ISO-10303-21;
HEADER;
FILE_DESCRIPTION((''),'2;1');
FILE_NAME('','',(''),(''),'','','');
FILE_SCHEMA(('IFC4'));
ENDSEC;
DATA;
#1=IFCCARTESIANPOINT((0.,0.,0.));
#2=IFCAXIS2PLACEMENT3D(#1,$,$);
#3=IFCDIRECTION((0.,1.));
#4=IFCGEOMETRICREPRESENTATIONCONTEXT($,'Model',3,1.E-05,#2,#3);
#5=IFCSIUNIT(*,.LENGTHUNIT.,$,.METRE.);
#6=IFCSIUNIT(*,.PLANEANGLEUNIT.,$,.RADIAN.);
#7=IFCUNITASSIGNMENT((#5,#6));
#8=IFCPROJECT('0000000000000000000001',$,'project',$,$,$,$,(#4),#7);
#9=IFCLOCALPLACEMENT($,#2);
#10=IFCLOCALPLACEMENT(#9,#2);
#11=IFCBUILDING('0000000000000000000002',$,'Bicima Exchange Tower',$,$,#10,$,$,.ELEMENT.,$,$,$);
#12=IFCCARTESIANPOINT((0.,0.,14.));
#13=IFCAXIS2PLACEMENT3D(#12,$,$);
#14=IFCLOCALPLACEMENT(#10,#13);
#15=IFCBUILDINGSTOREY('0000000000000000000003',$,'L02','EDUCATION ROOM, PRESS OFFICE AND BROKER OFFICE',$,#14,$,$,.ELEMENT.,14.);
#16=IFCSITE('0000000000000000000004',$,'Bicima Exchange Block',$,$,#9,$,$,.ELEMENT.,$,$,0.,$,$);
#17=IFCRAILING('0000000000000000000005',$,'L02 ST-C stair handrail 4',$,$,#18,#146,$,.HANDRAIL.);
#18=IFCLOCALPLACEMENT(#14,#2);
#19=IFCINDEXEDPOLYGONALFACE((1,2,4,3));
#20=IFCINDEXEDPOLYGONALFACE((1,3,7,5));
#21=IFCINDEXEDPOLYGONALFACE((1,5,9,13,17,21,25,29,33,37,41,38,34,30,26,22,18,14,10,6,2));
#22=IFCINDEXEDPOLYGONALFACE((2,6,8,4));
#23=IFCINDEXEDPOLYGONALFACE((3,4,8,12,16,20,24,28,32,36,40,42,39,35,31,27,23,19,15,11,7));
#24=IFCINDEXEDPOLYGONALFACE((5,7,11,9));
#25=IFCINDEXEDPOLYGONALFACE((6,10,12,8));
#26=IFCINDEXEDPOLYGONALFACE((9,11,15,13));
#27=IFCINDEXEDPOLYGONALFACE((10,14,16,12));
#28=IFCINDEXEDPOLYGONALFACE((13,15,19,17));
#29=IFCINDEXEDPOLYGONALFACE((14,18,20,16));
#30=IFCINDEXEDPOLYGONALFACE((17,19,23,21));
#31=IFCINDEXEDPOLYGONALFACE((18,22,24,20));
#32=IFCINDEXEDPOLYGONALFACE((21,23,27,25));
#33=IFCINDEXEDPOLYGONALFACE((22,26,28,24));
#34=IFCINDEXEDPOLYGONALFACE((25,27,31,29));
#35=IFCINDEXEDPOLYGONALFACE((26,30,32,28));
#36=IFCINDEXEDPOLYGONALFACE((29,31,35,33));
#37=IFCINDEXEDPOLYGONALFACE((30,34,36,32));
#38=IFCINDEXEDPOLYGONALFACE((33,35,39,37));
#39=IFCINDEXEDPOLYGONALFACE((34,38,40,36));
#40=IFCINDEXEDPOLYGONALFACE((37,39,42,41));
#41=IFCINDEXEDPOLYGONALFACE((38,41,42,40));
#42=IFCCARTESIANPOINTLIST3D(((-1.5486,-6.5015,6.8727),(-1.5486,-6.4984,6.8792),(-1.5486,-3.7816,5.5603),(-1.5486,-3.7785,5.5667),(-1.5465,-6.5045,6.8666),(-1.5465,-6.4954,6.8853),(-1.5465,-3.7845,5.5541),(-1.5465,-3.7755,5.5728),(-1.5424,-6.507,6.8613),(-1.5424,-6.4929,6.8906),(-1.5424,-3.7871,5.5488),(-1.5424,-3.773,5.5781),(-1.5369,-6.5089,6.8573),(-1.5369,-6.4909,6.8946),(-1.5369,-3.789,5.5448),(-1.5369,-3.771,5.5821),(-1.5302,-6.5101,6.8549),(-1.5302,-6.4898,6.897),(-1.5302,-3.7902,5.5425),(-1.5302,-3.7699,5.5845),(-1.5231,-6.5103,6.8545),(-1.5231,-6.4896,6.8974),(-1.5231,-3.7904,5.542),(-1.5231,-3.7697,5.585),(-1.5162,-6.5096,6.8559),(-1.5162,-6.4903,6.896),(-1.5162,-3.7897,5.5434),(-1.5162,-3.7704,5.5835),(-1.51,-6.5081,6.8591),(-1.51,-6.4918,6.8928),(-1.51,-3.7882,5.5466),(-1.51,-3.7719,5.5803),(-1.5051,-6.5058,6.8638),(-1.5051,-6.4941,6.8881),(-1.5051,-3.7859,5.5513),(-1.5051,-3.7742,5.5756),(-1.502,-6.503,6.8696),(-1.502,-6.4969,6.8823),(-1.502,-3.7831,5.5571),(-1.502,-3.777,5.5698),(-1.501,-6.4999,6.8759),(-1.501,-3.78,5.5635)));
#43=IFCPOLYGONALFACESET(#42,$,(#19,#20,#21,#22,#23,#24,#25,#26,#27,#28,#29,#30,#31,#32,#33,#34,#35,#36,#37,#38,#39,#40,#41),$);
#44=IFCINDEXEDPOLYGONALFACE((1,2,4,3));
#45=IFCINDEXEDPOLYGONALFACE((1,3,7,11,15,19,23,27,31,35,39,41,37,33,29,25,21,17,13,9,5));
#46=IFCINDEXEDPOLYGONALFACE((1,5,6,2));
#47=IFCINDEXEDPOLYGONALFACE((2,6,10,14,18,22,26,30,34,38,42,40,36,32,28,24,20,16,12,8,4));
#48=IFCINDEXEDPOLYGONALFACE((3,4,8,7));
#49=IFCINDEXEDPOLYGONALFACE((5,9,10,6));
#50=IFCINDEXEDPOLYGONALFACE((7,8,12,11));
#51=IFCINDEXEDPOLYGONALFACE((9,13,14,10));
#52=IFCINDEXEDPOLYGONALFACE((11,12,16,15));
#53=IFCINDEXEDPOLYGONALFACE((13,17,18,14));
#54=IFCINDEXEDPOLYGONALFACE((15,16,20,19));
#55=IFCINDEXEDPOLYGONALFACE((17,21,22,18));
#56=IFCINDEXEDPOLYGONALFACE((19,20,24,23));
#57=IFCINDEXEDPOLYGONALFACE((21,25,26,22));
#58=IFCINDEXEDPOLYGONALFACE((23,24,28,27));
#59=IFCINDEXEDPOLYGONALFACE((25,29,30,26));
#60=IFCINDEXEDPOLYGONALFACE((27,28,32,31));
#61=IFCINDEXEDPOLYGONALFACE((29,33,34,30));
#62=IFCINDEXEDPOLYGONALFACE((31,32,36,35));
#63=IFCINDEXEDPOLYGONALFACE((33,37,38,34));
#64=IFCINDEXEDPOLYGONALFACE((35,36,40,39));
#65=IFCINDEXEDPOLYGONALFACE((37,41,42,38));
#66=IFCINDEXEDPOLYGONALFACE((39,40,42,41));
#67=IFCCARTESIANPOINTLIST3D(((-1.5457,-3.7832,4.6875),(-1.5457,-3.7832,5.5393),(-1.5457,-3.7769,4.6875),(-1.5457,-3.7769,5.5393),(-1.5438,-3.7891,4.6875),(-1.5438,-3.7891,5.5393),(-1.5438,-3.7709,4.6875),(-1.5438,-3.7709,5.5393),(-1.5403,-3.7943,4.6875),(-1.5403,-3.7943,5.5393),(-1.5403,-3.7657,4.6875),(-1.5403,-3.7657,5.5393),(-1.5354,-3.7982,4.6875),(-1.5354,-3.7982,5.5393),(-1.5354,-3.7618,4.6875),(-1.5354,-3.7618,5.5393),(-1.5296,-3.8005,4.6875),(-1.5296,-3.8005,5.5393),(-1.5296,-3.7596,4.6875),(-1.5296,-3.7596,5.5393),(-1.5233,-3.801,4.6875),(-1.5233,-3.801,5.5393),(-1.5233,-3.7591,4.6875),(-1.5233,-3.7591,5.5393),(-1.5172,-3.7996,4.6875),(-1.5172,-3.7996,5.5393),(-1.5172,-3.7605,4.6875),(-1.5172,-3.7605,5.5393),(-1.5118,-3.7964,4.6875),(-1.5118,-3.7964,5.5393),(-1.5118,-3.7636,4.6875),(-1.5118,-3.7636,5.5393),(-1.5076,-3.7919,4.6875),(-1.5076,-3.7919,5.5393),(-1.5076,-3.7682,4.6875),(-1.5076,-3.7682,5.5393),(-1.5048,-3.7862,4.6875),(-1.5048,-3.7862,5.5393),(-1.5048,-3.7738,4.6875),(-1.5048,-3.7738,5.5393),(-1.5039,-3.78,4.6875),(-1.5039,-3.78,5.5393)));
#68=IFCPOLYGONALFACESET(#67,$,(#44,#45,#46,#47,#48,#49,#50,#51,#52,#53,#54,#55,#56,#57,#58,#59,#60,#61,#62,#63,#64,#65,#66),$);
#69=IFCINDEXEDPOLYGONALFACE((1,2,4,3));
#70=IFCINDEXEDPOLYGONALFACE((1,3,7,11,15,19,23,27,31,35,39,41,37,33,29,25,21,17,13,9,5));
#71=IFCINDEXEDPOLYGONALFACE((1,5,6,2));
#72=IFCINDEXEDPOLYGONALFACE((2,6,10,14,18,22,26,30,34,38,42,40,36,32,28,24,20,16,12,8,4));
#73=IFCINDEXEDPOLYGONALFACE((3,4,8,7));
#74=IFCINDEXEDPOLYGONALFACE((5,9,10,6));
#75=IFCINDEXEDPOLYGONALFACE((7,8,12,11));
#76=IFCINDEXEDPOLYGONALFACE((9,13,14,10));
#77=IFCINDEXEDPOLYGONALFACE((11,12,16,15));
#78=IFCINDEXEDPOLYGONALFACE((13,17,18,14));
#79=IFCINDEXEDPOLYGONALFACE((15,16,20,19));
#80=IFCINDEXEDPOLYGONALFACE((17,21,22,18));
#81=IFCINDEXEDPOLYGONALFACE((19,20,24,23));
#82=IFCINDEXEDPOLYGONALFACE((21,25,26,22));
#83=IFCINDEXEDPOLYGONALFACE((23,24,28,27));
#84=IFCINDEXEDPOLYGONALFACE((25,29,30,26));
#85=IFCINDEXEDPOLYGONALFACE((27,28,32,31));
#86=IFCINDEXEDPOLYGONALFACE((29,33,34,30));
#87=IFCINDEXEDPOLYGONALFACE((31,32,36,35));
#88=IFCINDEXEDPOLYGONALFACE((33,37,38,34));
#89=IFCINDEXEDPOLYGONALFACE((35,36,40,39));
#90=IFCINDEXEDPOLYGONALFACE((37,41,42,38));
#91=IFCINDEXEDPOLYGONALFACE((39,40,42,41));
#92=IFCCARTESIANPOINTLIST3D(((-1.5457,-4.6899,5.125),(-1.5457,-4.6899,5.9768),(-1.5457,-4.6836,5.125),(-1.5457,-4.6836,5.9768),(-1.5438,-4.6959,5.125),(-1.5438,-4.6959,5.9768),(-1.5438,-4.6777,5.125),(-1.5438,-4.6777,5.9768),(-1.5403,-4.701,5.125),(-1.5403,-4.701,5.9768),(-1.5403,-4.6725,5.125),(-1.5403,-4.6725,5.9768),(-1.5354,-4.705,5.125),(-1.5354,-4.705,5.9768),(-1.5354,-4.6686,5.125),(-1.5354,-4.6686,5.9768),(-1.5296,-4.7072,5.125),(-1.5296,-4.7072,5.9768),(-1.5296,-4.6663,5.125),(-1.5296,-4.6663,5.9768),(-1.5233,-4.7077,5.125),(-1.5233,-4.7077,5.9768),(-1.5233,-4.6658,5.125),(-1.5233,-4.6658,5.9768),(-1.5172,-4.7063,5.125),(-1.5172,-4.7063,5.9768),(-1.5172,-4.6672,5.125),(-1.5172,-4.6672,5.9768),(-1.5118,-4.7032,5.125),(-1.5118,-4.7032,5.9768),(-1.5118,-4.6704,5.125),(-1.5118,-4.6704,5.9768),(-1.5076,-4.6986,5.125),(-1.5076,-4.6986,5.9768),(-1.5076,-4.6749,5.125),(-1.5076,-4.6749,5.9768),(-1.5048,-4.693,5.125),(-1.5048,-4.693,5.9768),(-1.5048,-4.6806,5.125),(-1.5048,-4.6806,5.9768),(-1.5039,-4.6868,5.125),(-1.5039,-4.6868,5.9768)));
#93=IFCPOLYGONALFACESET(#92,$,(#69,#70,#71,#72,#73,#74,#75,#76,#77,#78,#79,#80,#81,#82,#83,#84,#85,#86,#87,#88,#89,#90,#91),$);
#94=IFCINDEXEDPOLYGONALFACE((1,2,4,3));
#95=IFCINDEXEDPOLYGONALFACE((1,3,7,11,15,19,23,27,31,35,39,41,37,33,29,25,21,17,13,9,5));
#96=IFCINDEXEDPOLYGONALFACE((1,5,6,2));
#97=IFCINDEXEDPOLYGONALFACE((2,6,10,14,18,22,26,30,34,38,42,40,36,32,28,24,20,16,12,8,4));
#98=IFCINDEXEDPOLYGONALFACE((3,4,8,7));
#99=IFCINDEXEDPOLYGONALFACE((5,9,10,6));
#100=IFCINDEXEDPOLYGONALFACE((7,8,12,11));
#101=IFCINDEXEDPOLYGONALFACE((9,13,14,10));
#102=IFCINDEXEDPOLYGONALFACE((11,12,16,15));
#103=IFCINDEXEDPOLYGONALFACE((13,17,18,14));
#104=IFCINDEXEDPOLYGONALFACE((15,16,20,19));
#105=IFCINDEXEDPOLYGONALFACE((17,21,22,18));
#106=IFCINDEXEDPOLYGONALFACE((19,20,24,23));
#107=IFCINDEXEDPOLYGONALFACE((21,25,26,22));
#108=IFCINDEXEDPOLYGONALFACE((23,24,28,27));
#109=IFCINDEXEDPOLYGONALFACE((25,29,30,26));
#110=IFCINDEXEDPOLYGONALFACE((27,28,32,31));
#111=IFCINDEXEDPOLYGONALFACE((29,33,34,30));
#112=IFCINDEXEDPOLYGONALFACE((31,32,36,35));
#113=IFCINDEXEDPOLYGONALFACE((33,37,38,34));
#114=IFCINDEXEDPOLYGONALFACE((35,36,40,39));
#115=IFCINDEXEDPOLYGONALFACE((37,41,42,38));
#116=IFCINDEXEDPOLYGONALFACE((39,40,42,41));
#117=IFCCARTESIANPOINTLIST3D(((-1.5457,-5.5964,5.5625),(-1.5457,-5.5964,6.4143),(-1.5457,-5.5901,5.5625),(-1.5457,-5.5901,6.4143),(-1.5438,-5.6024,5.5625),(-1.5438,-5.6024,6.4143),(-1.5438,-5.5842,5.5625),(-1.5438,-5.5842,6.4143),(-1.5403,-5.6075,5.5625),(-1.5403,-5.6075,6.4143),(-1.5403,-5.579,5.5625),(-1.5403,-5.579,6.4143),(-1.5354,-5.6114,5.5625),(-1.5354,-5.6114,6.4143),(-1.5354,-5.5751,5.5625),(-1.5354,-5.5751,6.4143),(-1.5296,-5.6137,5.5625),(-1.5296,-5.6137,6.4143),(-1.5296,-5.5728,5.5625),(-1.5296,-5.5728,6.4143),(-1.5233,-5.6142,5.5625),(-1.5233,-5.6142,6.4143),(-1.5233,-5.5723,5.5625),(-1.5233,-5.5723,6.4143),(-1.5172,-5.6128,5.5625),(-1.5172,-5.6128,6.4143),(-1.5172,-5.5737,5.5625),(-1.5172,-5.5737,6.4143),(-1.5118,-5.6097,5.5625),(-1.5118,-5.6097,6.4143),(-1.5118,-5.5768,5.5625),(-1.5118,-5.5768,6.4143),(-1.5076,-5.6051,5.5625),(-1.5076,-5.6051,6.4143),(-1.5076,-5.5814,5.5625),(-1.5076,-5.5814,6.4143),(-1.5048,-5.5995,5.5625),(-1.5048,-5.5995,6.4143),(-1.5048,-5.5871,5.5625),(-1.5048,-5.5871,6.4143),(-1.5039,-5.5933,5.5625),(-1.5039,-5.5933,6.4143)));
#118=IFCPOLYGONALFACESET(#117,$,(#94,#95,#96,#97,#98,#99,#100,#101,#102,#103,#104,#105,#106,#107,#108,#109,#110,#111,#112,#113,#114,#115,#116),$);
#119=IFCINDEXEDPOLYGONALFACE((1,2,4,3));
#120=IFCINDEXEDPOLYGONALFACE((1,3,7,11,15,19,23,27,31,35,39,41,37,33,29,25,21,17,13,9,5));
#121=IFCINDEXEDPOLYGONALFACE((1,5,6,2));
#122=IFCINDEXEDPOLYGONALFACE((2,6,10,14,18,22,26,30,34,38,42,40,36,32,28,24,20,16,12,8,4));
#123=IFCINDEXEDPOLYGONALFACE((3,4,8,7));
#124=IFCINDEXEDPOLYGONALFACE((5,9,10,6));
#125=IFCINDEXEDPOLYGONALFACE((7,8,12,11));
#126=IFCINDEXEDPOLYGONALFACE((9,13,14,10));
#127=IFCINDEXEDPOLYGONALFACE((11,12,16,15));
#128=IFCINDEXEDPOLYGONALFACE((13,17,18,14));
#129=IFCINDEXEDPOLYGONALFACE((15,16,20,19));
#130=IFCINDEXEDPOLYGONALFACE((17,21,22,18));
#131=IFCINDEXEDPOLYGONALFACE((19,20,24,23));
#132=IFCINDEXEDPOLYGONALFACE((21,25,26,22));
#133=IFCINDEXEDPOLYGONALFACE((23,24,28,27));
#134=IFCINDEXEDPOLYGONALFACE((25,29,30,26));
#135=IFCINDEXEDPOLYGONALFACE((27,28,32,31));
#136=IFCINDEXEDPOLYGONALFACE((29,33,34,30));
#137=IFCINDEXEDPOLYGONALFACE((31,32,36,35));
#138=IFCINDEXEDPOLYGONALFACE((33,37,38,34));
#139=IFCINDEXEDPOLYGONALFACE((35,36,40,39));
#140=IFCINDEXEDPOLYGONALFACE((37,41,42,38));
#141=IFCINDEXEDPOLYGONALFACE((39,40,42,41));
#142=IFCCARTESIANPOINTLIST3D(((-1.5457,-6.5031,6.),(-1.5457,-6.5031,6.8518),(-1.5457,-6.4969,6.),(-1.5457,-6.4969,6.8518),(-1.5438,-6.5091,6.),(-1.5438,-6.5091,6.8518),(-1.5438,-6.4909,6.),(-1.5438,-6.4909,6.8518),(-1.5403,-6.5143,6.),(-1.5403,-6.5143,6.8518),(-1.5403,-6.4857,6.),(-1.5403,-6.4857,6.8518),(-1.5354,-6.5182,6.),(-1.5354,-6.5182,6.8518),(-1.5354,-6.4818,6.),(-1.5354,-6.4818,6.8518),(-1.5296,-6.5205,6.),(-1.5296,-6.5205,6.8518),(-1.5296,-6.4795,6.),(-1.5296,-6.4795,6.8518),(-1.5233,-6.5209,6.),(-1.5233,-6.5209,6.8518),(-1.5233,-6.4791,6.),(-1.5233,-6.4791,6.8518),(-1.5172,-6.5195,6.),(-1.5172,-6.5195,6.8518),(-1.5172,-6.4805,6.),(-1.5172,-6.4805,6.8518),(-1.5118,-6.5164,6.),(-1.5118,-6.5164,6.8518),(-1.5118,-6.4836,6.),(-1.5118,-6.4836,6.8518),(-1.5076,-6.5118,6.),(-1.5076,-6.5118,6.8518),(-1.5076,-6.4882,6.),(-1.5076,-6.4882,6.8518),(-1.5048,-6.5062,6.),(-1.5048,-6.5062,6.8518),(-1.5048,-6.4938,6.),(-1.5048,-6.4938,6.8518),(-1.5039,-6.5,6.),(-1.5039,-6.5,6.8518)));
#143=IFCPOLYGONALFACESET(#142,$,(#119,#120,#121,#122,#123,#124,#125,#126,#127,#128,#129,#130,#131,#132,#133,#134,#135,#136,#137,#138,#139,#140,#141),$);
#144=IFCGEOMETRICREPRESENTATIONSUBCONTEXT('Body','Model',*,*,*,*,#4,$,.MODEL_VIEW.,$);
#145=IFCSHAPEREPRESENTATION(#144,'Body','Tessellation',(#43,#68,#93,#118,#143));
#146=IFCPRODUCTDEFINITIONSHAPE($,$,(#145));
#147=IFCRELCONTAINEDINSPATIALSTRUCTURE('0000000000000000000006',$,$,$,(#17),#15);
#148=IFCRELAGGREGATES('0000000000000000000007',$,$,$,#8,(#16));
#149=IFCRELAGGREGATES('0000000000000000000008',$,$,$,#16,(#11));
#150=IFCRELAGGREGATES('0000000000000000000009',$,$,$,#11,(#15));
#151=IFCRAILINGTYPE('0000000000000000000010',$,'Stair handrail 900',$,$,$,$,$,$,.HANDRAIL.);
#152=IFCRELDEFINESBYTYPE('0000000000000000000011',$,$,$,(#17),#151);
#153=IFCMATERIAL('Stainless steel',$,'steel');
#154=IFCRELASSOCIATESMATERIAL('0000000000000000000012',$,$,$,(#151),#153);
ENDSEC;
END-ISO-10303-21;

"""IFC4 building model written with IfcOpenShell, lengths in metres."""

from ifc_helpers import new_model, si_unit, direction, frame, origin, origin_2d, place, context, subcontext, project, spatial, circle, extrude, material, type_object, element, save


model = new_model("IFC4")

# Units and contexts
model_context = context("Model", 3, precision=1e-05, world=origin(), true_north=direction((0.0, 1.0)))
body_context = subcontext(model_context, "Body", "Model", "MODEL_VIEW")
ifc_project = project(units=[si_unit("LENGTHUNIT", "METRE"), si_unit("PLANEANGLEUNIT", "RADIAN")], contexts=[model_context])

# Site, building, storey
site_placement = place(None, origin())
site = spatial("IfcSite", under=ifc_project, at=site_placement, Name="Bicima Exchange Block", CompositionType="ELEMENT", RefElevation=0.0)
building_placement = place(site_placement, origin())
building = spatial("IfcBuilding", under=site, at=building_placement, Name="Bicima Exchange Tower", CompositionType="ELEMENT")
storey_placement = place(building_placement, frame((0.0, 0.0, 14.0)))
storey = spatial("IfcBuildingStorey", under=building, at=storey_placement, Name="L02", Description="EDUCATION ROOM, PRESS OFFICE AND BROKER OFFICE", CompositionType="ELEMENT", Elevation=14.0)

# Shared definitions
ifc_material_1 = material(Name="Stainless steel", Category="steel")

# Railing
railing_type = type_object("IfcRailingType", Name="Stair handrail 900", PredefinedType="HANDRAIL", material=ifc_material_1)
for number, where, name in (
    (1, (-1.5249, -3.78, 4.6875), "L02 ST-C stair handrail 4"),
):
    element("IfcRailing", number, at=place(storey_placement, frame(where)), inside=storey, type_object=railing_type, Name=name, PredefinedType="HANDRAIL", context=body_context, shape_type="SweptSolid", body=[
        extrude(circle(Radius=0.0239, at=origin_2d()), frame((0.0, 0.0, 0.876), z_axis=(0.0, -0.900628, 0.434591), x_axis=(1.0, 0.0, 0.0)), (0.0, 0.0, 1.0), 3.02),
        extrude(circle(Radius=0.021, at=origin_2d()), origin(), (0.0, 0.0, 1.0), 0.8518),
        extrude(circle(Radius=0.021, at=origin_2d()), frame((0.0, -0.9067, 0.4375)), (0.0, 0.0, 1.0), 0.8518),
        extrude(circle(Radius=0.021, at=origin_2d()), frame((0.0, -1.8132, 0.875)), (0.0, 0.0, 1.0), 0.8518),
        extrude(circle(Radius=0.021, at=origin_2d()), frame((0.0, -2.72, 1.3125)), (0.0, 0.0, 1.0), 0.8518),
    ])

save(model, "model.ifc")
